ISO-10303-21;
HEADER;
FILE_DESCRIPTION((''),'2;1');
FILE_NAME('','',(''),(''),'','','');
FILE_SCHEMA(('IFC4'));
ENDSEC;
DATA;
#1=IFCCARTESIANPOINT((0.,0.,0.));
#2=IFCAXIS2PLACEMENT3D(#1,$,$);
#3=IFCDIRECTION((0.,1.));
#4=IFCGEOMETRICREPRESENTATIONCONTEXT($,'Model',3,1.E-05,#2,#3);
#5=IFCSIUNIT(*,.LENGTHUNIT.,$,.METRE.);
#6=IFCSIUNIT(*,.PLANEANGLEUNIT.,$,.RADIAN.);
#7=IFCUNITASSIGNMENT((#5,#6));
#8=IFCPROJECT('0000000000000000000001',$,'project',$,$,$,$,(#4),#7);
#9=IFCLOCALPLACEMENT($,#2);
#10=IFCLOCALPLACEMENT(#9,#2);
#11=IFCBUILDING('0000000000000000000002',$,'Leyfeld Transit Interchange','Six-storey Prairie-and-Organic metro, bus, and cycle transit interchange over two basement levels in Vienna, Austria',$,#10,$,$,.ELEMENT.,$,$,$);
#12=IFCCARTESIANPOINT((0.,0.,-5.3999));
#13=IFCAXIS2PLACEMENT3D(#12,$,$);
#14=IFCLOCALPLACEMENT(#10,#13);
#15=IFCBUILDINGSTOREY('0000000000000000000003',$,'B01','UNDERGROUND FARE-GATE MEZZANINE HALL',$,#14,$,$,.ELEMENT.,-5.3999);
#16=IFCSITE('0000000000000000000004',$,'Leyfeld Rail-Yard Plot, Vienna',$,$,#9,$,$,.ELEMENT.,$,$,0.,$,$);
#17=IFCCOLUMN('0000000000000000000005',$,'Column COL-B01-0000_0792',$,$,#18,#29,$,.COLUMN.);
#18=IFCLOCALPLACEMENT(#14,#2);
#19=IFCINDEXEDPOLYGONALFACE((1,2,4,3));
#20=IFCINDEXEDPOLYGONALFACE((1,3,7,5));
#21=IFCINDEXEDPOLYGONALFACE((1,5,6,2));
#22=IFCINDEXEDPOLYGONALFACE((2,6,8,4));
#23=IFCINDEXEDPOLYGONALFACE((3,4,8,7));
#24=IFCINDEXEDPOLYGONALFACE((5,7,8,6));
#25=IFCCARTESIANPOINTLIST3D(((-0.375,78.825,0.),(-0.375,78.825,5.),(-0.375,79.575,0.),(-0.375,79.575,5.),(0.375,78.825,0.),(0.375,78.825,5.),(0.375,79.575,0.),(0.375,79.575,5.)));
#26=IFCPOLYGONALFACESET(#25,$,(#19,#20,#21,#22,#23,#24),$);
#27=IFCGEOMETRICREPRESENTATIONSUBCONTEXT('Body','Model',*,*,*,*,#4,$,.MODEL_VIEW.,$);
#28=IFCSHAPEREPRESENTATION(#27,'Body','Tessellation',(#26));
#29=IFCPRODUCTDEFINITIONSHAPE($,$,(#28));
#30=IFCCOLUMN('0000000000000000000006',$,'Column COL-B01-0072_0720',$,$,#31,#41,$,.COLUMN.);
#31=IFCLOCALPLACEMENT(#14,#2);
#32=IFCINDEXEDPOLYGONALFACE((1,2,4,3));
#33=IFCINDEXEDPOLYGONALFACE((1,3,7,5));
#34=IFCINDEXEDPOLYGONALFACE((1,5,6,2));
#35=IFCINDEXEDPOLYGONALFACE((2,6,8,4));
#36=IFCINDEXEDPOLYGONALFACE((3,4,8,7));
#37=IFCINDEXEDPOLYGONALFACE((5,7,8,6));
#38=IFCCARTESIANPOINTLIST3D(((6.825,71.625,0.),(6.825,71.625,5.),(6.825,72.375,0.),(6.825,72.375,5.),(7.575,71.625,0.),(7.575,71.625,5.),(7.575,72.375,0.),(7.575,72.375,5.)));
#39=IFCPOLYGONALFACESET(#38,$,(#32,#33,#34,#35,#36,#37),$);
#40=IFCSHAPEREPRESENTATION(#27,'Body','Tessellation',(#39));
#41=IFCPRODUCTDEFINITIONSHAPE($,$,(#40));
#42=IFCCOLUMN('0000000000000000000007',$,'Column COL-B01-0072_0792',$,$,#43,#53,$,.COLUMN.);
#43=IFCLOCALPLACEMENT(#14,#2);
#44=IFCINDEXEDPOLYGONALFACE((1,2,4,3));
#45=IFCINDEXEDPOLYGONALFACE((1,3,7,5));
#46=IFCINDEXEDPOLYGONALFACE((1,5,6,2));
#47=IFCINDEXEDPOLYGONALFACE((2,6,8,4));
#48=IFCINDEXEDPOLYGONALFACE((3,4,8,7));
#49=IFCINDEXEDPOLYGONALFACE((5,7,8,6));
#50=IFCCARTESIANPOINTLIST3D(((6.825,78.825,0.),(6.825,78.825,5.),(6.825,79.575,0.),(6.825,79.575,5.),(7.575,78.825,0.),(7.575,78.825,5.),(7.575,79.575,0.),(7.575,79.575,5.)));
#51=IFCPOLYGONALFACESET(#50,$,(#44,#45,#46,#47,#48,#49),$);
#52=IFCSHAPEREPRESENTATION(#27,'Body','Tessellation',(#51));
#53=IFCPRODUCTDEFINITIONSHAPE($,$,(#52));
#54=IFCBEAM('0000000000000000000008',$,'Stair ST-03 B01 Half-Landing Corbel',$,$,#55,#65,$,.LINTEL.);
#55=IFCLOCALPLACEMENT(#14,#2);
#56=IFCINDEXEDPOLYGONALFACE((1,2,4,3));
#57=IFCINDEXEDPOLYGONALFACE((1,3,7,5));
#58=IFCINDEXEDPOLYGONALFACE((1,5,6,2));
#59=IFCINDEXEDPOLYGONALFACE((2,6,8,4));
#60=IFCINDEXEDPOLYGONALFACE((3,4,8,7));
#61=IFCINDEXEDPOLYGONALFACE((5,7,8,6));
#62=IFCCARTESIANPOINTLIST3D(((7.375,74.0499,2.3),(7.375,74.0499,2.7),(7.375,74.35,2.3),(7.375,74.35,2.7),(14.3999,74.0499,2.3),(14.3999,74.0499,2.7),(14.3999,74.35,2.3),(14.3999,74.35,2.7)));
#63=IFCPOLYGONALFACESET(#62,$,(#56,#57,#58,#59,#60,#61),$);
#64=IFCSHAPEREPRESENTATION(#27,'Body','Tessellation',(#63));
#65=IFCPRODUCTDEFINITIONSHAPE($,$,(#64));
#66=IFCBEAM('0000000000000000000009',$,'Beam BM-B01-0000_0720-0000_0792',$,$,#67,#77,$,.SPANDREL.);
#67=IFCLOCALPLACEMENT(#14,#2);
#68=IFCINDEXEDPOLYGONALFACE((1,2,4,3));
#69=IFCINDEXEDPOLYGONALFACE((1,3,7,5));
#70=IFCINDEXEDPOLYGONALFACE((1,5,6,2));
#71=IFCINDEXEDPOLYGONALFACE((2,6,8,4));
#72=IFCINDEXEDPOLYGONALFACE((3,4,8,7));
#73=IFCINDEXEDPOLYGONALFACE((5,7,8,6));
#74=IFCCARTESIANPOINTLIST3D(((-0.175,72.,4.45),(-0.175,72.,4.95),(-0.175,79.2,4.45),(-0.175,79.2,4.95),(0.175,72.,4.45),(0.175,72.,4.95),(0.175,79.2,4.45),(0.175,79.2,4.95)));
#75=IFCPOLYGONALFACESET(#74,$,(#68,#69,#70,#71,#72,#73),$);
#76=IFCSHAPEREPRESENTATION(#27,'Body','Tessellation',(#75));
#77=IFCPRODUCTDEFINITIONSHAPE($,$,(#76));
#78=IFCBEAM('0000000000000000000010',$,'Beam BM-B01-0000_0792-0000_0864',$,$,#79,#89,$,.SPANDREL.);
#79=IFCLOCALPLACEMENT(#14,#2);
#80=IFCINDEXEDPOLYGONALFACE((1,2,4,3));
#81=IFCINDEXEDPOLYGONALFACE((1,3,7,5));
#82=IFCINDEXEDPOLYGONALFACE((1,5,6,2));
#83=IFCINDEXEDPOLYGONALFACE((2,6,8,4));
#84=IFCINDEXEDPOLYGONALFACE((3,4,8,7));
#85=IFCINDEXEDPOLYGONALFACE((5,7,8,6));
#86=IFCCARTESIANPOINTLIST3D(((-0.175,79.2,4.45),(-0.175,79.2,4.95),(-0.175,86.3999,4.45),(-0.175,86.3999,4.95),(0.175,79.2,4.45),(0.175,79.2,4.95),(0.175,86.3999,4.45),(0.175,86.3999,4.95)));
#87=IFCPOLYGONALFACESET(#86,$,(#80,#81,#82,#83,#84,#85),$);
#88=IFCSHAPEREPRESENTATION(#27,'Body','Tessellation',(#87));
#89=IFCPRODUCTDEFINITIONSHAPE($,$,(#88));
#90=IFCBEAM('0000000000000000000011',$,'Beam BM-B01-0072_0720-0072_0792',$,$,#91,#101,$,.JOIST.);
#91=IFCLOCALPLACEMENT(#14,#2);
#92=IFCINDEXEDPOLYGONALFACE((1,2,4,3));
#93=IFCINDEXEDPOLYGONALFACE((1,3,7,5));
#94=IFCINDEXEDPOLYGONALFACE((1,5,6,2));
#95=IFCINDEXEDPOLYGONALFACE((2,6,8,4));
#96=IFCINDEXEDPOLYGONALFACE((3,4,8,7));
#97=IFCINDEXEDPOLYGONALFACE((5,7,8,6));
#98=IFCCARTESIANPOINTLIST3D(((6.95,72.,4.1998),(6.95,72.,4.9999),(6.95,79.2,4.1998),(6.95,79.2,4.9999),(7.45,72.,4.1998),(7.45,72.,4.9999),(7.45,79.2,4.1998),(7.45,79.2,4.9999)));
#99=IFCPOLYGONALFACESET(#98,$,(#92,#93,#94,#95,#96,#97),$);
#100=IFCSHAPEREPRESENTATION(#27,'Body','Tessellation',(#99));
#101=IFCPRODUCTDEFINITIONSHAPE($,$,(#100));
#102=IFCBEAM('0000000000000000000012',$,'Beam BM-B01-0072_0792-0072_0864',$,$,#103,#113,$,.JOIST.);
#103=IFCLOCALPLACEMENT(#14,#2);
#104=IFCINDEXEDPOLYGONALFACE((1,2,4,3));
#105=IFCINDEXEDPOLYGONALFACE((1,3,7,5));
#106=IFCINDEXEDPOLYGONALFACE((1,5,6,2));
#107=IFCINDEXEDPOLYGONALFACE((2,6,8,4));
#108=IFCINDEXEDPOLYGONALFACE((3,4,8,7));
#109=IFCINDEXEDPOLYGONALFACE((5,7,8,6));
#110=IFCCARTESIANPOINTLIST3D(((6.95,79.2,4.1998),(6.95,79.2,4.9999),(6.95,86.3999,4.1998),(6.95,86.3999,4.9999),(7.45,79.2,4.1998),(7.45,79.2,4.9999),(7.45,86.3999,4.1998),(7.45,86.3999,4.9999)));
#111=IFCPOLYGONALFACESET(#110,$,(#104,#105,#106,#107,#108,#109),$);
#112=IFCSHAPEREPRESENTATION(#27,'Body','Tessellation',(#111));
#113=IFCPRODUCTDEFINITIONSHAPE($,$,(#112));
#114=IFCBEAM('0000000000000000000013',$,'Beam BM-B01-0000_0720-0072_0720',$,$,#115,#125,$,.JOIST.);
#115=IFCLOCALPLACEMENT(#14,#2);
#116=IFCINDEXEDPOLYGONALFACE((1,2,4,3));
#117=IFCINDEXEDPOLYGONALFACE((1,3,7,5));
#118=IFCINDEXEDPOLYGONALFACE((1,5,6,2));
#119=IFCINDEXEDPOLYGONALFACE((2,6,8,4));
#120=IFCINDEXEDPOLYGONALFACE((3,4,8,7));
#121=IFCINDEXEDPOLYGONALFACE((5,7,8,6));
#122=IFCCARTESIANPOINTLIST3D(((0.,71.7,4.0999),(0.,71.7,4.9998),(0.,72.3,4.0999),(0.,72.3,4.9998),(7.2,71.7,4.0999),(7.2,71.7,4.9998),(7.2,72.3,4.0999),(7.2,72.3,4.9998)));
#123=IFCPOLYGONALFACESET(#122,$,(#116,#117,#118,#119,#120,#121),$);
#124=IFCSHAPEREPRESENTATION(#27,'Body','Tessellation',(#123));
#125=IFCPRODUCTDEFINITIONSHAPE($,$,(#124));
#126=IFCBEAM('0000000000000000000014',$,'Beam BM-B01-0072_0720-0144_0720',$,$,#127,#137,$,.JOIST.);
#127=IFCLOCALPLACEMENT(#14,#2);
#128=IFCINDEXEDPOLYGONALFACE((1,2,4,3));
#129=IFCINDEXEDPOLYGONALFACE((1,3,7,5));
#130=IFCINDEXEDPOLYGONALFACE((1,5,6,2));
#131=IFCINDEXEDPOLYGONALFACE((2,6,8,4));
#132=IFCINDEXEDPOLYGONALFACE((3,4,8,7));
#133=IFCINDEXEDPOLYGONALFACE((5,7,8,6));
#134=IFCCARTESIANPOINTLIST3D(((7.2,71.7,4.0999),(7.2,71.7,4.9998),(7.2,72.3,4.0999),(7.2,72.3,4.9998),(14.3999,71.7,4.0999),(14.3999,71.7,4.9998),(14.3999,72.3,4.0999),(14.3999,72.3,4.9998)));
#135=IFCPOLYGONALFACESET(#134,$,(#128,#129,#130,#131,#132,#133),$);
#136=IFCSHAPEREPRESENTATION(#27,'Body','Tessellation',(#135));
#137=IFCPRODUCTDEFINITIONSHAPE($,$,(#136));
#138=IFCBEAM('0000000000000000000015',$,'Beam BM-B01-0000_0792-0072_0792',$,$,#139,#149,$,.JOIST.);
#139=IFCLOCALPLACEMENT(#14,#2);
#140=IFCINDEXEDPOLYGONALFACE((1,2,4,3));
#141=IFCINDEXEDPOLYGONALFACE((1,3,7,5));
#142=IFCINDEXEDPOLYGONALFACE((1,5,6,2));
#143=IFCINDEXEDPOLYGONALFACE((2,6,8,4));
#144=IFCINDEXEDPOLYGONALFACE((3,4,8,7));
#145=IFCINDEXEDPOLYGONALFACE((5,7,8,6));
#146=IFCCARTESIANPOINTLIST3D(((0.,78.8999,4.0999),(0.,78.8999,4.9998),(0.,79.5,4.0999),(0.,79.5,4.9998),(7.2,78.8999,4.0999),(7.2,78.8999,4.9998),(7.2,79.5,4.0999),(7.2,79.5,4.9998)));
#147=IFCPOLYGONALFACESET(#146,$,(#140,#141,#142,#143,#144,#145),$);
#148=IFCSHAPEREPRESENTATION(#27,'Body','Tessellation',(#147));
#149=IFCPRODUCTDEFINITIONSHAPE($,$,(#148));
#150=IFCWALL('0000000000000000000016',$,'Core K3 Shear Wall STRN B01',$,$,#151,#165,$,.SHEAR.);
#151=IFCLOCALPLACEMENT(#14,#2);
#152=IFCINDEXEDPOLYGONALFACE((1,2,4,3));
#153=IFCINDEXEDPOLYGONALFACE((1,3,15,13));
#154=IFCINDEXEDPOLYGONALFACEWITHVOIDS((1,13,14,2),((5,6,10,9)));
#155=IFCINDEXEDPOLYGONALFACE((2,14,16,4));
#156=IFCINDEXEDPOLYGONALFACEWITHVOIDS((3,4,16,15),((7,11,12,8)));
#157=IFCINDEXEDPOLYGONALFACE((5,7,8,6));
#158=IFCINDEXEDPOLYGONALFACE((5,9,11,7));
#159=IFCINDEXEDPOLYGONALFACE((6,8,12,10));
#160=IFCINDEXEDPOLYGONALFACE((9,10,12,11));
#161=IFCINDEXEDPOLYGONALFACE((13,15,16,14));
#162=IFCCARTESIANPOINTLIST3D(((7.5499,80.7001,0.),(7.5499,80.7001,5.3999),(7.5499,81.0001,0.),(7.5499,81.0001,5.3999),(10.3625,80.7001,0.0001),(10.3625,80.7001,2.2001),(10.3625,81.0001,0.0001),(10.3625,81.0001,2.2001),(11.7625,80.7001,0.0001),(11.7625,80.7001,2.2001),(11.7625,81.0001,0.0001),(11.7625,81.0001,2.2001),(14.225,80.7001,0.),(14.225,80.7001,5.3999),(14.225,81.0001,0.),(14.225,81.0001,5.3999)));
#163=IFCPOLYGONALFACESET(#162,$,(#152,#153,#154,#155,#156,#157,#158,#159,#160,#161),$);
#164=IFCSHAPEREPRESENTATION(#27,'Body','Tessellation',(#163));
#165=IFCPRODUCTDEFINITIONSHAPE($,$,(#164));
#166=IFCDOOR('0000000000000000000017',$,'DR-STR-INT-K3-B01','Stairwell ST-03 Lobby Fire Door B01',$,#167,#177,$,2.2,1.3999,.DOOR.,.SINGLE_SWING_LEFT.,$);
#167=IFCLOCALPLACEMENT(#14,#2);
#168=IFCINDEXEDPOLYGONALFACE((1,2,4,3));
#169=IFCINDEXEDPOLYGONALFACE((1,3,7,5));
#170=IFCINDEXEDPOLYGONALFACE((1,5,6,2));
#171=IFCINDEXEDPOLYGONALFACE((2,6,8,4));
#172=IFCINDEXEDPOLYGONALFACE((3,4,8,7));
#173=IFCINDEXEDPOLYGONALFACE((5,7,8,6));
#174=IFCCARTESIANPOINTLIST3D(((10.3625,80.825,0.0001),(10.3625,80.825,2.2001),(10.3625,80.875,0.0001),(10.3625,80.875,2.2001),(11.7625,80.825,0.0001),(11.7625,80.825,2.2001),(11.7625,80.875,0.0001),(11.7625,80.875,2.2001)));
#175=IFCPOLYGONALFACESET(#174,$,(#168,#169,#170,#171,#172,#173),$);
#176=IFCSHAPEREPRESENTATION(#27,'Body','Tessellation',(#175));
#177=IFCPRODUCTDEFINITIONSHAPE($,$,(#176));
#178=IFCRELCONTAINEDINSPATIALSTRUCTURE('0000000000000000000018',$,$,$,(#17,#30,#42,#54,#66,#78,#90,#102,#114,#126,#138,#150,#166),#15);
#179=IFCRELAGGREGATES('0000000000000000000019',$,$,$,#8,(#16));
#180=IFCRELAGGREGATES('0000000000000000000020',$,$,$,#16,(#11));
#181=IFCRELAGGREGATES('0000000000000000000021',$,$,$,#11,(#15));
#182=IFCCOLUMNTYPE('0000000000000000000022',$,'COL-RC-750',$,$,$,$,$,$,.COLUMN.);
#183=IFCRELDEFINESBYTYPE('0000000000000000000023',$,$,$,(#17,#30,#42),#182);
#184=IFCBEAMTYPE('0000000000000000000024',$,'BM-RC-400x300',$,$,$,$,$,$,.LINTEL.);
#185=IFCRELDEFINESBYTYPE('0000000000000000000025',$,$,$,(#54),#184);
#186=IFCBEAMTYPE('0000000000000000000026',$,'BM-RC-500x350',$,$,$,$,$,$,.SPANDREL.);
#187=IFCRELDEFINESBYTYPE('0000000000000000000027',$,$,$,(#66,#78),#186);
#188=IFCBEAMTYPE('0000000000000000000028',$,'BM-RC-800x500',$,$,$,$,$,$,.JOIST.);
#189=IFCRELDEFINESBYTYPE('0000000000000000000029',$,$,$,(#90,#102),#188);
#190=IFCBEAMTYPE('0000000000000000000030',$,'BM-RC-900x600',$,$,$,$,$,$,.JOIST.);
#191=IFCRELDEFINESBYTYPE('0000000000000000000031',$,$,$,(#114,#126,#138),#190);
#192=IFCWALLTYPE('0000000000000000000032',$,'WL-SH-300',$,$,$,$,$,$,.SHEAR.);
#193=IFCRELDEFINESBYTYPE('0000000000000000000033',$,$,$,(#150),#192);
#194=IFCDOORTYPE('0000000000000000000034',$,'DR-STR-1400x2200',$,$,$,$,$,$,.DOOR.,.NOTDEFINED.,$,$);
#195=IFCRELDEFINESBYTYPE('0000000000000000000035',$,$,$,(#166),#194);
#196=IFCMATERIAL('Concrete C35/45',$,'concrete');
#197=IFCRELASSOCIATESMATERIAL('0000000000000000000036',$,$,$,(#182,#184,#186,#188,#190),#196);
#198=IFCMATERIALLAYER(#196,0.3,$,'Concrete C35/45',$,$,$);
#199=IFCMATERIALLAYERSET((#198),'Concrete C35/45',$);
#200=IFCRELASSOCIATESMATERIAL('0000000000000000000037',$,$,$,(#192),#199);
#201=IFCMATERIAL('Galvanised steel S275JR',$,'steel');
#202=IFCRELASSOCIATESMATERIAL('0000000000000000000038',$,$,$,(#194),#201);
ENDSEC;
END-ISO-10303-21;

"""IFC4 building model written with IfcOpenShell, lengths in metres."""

from ifc_helpers import new_model, si_unit, direction, frame, frame_2d, origin, origin_2d, place, context, subcontext, project, spatial, rectangle, extrude, material, layer, layer_set, material_profile, profile_set, type_object, element, fill, save


model = new_model("IFC4")

# Units and contexts
model_context = context("Model", 3, precision=1e-05, world=origin(), true_north=direction((0.0, 1.0)))
body_context = subcontext(model_context, "Body", "Model", "MODEL_VIEW")
ifc_project = project(units=[si_unit("LENGTHUNIT", "METRE"), si_unit("PLANEANGLEUNIT", "RADIAN")], contexts=[model_context])

# Site, building, storey
site_placement = place(None, origin())
site = spatial("IfcSite", under=ifc_project, at=site_placement, Name="Leyfeld Rail-Yard Plot, Vienna", CompositionType="ELEMENT", RefElevation=0.0)
building_placement = place(site_placement, origin())
building = spatial("IfcBuilding", under=site, at=building_placement, Name="Leyfeld Transit Interchange", Description="Six-storey Prairie-and-Organic metro, bus, and cycle transit interchange over two basement levels in Vienna, Austria", CompositionType="ELEMENT")
storey_placement = place(building_placement, frame((0.0, 0.0, -5.3999)))
storey = spatial("IfcBuildingStorey", under=building, at=storey_placement, Name="B01", Description="UNDERGROUND FARE-GATE MEZZANINE HALL", CompositionType="ELEMENT", Elevation=-5.3999)

# Columns
ifc_material_1 = material(Name="Concrete C35/45", Category="concrete")
ifc_material_profile_1 = material_profile(ifc_material_1, rectangle(XDim=0.75, YDim=0.75, at=origin_2d()), Name="RC 750x750")
ifc_profile_set_1 = profile_set([ifc_material_profile_1], Name="Concrete C35/45")
column_type = type_object("IfcColumnType", Name="COL-RC-750", PredefinedType="COLUMN", material=ifc_profile_set_1)
for number, where, z_axis, x_axis, name in (
    (1, (0.0, 79.2, 0.0), (0.0, 0.0, 1.0), (0.0, 1.0, 0.0), "Column COL-B01-0000_0792"),
    (2, (7.2, 72.0, 0.0), (0.0, 0.0, 1.0), (1.0, 0.0, 0.0), "Column COL-B01-0072_0720"),
    (3, (7.2, 79.2, 0.0), (0.0, 0.0, 1.0), (1.0, 0.0, 0.0), "Column COL-B01-0072_0792"),
):
    element("IfcColumn", number, at=place(storey_placement, frame(where, z_axis=z_axis, x_axis=x_axis)), inside=storey, type_object=column_type, Name=name, PredefinedType="COLUMN", context=body_context, shape_type="SweptSolid", body=[
        extrude(rectangle(XDim=0.75, YDim=0.75, at=origin_2d()), origin(), (0.0, 0.0, 1.0), 5.0),
    ])

# Beams
ifc_material_profile_2 = material_profile(ifc_material_1, rectangle(XDim=0.3, YDim=0.3999, at=origin_2d()), Name="RC 400x300")
ifc_profile_set_2 = profile_set([ifc_material_profile_2], Name="Concrete C35/45")
beam_type_1 = type_object("IfcBeamType", Name="BM-RC-400x300", PredefinedType="LINTEL", material=ifc_profile_set_2)
beam_placement = place(storey_placement, frame((7.375, 74.2, 2.5), z_axis=(1.0, 0.0, 0.0), x_axis=(0.0, 1.0, 0.0)))
element("IfcBeam", 4, at=beam_placement, inside=storey, type_object=beam_type_1, Name="Stair ST-03 B01 Half-Landing Corbel", PredefinedType="LINTEL", context=body_context, shape_type="SweptSolid", body=[
    extrude(rectangle(XDim=0.3, YDim=0.3999, at=origin_2d()), origin(), (0.0, 0.0, 1.0), 7.0249),
])
ifc_material_profile_3 = material_profile(ifc_material_1, rectangle(XDim=0.3501, YDim=0.5, at=origin_2d()), Name="RC 500x350")
ifc_profile_set_3 = profile_set([ifc_material_profile_3], Name="Concrete C35/45")
beam_type_2 = type_object("IfcBeamType", Name="BM-RC-500x350", PredefinedType="SPANDREL", material=ifc_profile_set_3)
for number, where, z_axis, x_axis, name in (
    (5, (0.0, 72.0, 4.7), (0.0, 1.0, 0.0), (-1.0, 0.0, 0.0), "Beam BM-B01-0000_0720-0000_0792"),
    (6, (0.0, 79.2, 4.7), (0.0, 1.0, 0.0), (-1.0, 0.0, 0.0), "Beam BM-B01-0000_0792-0000_0864"),
):
    element("IfcBeam", number, at=place(storey_placement, frame(where, z_axis=z_axis, x_axis=x_axis)), inside=storey, type_object=beam_type_2, Name=name, PredefinedType="SPANDREL", context=body_context, shape_type="SweptSolid", body=[
        extrude(rectangle(XDim=0.3501, YDim=0.5, at=origin_2d()), origin(), (0.0, 0.0, 1.0), 7.2),
    ])
ifc_material_profile_4 = material_profile(ifc_material_1, rectangle(XDim=0.5, YDim=0.8, at=origin_2d()), Name="RC 800x500")
ifc_profile_set_4 = profile_set([ifc_material_profile_4], Name="Concrete C35/45")
beam_type_3 = type_object("IfcBeamType", Name="BM-RC-800x500", PredefinedType="JOIST", material=ifc_profile_set_4)
for number, where, z_axis, x_axis, name in (
    (7, (7.2, 72.0, 4.5999), (0.0, 1.0, 0.0), (-1.0, 0.0, 0.0), "Beam BM-B01-0072_0720-0072_0792"),
    (8, (7.2, 79.2, 4.5999), (0.0, 1.0, 0.0), (-1.0, 0.0, 0.0), "Beam BM-B01-0072_0792-0072_0864"),
):
    element("IfcBeam", number, at=place(storey_placement, frame(where, z_axis=z_axis, x_axis=x_axis)), inside=storey, type_object=beam_type_3, Name=name, PredefinedType="JOIST", context=body_context, shape_type="SweptSolid", body=[
        extrude(rectangle(XDim=0.5, YDim=0.8, at=origin_2d()), origin(), (0.0, 0.0, 1.0), 7.2),
    ])
ifc_material_profile_5 = material_profile(ifc_material_1, rectangle(XDim=0.6001, YDim=0.8999, at=origin_2d()), Name="RC 900x600")
ifc_profile_set_5 = profile_set([ifc_material_profile_5], Name="Concrete C35/45")
beam_type_4 = type_object("IfcBeamType", Name="BM-RC-900x600", PredefinedType="JOIST", material=ifc_profile_set_5)
for number, where, z_axis, x_axis, name in (
    (9, (0.0, 72.0, 4.5498), (1.0, 0.0, 0.0), (0.0, 1.0, 0.0), "Beam BM-B01-0000_0720-0072_0720"),
    (10, (7.2, 72.0, 4.5498), (1.0, 0.0, 0.0), (0.0, 1.0, 0.0), "Beam BM-B01-0072_0720-0144_0720"),
    (11, (0.0, 79.2, 4.5498), (1.0, 0.0, 0.0), (0.0, 1.0, 0.0), "Beam BM-B01-0000_0792-0072_0792"),
):
    element("IfcBeam", number, at=place(storey_placement, frame(where, z_axis=z_axis, x_axis=x_axis)), inside=storey, type_object=beam_type_4, Name=name, PredefinedType="JOIST", context=body_context, shape_type="SweptSolid", body=[
        extrude(rectangle(XDim=0.6001, YDim=0.8999, at=origin_2d()), origin(), (0.0, 0.0, 1.0), 7.2),
    ])

# Wall, opening, door
ifc_layer_1 = layer(ifc_material_1, 0.3, Name="Concrete C35/45")
ifc_layer_set_1 = layer_set([ifc_layer_1], Name="Concrete C35/45")
wall_type_1 = type_object("IfcWallType", Name="WL-SH-300", PredefinedType="SHEAR", material=ifc_layer_set_1)
wall_1_placement = place(storey_placement, frame((7.55, 80.8501, 0.0), z_axis=(0.0, 0.0, 1.0), x_axis=(1.0, 0.0, 0.0)))
wall_1 = element("IfcWall", 12, at=wall_1_placement, inside=storey, type_object=wall_type_1, Name="Core K3 Shear Wall STRN B01", PredefinedType="SHEAR", context=body_context, shape_type="SweptSolid", body=[
    extrude(rectangle(XDim=6.675, YDim=0.3, at=frame_2d((3.3374, 0.0))), origin(), (0.0, 0.0, 1.0), 5.3999),
])
opening_1_placement = place(wall_1_placement, frame((2.8125, 0.0, 0.0)))
opening_1 = element("IfcOpeningElement", 13, at=opening_1_placement, cuts=wall_1, PredefinedType="OPENING", context=body_context, shape_type="SweptSolid", body=[
    extrude(rectangle(XDim=1.3999, YDim=2.2, at=frame_2d((0.7, 1.1001))), frame((0.0, 0.1599, 0.0), z_axis=(0.0, -1.0, 0.0), x_axis=(1.0, 0.0, 0.0)), (0.0, 0.0, 1.0), 0.3201),
])
ifc_material_2 = material(Name="Galvanised steel S275JR", Category="steel")
door_type_1 = type_object("IfcDoorType", Name="DR-STR-1400x2200", OperationType="NOTDEFINED", PredefinedType="DOOR", material=ifc_material_2)
door_1_placement = place(opening_1_placement, origin())
door_1 = element("IfcDoor", 14, at=door_1_placement, inside=storey, type_object=door_type_1, Name="DR-STR-INT-K3-B01", Description="Stairwell ST-03 Lobby Fire Door B01", OperationType="SINGLE_SWING_LEFT", OverallHeight=2.2, OverallWidth=1.3999, PredefinedType="DOOR", context=body_context, shape_type="SweptSolid", body=[
    extrude(rectangle(XDim=1.3999, YDim=2.2, at=frame_2d((0.7, 1.1001))), frame((0.0, 0.0249, 0.0), z_axis=(0.0, -1.0, 0.0), x_axis=(1.0, 0.0, 0.0)), (0.0, 0.0, 1.0), 0.05),
])
fill(opening_1, door_1)

save(model, "model.ifc")
